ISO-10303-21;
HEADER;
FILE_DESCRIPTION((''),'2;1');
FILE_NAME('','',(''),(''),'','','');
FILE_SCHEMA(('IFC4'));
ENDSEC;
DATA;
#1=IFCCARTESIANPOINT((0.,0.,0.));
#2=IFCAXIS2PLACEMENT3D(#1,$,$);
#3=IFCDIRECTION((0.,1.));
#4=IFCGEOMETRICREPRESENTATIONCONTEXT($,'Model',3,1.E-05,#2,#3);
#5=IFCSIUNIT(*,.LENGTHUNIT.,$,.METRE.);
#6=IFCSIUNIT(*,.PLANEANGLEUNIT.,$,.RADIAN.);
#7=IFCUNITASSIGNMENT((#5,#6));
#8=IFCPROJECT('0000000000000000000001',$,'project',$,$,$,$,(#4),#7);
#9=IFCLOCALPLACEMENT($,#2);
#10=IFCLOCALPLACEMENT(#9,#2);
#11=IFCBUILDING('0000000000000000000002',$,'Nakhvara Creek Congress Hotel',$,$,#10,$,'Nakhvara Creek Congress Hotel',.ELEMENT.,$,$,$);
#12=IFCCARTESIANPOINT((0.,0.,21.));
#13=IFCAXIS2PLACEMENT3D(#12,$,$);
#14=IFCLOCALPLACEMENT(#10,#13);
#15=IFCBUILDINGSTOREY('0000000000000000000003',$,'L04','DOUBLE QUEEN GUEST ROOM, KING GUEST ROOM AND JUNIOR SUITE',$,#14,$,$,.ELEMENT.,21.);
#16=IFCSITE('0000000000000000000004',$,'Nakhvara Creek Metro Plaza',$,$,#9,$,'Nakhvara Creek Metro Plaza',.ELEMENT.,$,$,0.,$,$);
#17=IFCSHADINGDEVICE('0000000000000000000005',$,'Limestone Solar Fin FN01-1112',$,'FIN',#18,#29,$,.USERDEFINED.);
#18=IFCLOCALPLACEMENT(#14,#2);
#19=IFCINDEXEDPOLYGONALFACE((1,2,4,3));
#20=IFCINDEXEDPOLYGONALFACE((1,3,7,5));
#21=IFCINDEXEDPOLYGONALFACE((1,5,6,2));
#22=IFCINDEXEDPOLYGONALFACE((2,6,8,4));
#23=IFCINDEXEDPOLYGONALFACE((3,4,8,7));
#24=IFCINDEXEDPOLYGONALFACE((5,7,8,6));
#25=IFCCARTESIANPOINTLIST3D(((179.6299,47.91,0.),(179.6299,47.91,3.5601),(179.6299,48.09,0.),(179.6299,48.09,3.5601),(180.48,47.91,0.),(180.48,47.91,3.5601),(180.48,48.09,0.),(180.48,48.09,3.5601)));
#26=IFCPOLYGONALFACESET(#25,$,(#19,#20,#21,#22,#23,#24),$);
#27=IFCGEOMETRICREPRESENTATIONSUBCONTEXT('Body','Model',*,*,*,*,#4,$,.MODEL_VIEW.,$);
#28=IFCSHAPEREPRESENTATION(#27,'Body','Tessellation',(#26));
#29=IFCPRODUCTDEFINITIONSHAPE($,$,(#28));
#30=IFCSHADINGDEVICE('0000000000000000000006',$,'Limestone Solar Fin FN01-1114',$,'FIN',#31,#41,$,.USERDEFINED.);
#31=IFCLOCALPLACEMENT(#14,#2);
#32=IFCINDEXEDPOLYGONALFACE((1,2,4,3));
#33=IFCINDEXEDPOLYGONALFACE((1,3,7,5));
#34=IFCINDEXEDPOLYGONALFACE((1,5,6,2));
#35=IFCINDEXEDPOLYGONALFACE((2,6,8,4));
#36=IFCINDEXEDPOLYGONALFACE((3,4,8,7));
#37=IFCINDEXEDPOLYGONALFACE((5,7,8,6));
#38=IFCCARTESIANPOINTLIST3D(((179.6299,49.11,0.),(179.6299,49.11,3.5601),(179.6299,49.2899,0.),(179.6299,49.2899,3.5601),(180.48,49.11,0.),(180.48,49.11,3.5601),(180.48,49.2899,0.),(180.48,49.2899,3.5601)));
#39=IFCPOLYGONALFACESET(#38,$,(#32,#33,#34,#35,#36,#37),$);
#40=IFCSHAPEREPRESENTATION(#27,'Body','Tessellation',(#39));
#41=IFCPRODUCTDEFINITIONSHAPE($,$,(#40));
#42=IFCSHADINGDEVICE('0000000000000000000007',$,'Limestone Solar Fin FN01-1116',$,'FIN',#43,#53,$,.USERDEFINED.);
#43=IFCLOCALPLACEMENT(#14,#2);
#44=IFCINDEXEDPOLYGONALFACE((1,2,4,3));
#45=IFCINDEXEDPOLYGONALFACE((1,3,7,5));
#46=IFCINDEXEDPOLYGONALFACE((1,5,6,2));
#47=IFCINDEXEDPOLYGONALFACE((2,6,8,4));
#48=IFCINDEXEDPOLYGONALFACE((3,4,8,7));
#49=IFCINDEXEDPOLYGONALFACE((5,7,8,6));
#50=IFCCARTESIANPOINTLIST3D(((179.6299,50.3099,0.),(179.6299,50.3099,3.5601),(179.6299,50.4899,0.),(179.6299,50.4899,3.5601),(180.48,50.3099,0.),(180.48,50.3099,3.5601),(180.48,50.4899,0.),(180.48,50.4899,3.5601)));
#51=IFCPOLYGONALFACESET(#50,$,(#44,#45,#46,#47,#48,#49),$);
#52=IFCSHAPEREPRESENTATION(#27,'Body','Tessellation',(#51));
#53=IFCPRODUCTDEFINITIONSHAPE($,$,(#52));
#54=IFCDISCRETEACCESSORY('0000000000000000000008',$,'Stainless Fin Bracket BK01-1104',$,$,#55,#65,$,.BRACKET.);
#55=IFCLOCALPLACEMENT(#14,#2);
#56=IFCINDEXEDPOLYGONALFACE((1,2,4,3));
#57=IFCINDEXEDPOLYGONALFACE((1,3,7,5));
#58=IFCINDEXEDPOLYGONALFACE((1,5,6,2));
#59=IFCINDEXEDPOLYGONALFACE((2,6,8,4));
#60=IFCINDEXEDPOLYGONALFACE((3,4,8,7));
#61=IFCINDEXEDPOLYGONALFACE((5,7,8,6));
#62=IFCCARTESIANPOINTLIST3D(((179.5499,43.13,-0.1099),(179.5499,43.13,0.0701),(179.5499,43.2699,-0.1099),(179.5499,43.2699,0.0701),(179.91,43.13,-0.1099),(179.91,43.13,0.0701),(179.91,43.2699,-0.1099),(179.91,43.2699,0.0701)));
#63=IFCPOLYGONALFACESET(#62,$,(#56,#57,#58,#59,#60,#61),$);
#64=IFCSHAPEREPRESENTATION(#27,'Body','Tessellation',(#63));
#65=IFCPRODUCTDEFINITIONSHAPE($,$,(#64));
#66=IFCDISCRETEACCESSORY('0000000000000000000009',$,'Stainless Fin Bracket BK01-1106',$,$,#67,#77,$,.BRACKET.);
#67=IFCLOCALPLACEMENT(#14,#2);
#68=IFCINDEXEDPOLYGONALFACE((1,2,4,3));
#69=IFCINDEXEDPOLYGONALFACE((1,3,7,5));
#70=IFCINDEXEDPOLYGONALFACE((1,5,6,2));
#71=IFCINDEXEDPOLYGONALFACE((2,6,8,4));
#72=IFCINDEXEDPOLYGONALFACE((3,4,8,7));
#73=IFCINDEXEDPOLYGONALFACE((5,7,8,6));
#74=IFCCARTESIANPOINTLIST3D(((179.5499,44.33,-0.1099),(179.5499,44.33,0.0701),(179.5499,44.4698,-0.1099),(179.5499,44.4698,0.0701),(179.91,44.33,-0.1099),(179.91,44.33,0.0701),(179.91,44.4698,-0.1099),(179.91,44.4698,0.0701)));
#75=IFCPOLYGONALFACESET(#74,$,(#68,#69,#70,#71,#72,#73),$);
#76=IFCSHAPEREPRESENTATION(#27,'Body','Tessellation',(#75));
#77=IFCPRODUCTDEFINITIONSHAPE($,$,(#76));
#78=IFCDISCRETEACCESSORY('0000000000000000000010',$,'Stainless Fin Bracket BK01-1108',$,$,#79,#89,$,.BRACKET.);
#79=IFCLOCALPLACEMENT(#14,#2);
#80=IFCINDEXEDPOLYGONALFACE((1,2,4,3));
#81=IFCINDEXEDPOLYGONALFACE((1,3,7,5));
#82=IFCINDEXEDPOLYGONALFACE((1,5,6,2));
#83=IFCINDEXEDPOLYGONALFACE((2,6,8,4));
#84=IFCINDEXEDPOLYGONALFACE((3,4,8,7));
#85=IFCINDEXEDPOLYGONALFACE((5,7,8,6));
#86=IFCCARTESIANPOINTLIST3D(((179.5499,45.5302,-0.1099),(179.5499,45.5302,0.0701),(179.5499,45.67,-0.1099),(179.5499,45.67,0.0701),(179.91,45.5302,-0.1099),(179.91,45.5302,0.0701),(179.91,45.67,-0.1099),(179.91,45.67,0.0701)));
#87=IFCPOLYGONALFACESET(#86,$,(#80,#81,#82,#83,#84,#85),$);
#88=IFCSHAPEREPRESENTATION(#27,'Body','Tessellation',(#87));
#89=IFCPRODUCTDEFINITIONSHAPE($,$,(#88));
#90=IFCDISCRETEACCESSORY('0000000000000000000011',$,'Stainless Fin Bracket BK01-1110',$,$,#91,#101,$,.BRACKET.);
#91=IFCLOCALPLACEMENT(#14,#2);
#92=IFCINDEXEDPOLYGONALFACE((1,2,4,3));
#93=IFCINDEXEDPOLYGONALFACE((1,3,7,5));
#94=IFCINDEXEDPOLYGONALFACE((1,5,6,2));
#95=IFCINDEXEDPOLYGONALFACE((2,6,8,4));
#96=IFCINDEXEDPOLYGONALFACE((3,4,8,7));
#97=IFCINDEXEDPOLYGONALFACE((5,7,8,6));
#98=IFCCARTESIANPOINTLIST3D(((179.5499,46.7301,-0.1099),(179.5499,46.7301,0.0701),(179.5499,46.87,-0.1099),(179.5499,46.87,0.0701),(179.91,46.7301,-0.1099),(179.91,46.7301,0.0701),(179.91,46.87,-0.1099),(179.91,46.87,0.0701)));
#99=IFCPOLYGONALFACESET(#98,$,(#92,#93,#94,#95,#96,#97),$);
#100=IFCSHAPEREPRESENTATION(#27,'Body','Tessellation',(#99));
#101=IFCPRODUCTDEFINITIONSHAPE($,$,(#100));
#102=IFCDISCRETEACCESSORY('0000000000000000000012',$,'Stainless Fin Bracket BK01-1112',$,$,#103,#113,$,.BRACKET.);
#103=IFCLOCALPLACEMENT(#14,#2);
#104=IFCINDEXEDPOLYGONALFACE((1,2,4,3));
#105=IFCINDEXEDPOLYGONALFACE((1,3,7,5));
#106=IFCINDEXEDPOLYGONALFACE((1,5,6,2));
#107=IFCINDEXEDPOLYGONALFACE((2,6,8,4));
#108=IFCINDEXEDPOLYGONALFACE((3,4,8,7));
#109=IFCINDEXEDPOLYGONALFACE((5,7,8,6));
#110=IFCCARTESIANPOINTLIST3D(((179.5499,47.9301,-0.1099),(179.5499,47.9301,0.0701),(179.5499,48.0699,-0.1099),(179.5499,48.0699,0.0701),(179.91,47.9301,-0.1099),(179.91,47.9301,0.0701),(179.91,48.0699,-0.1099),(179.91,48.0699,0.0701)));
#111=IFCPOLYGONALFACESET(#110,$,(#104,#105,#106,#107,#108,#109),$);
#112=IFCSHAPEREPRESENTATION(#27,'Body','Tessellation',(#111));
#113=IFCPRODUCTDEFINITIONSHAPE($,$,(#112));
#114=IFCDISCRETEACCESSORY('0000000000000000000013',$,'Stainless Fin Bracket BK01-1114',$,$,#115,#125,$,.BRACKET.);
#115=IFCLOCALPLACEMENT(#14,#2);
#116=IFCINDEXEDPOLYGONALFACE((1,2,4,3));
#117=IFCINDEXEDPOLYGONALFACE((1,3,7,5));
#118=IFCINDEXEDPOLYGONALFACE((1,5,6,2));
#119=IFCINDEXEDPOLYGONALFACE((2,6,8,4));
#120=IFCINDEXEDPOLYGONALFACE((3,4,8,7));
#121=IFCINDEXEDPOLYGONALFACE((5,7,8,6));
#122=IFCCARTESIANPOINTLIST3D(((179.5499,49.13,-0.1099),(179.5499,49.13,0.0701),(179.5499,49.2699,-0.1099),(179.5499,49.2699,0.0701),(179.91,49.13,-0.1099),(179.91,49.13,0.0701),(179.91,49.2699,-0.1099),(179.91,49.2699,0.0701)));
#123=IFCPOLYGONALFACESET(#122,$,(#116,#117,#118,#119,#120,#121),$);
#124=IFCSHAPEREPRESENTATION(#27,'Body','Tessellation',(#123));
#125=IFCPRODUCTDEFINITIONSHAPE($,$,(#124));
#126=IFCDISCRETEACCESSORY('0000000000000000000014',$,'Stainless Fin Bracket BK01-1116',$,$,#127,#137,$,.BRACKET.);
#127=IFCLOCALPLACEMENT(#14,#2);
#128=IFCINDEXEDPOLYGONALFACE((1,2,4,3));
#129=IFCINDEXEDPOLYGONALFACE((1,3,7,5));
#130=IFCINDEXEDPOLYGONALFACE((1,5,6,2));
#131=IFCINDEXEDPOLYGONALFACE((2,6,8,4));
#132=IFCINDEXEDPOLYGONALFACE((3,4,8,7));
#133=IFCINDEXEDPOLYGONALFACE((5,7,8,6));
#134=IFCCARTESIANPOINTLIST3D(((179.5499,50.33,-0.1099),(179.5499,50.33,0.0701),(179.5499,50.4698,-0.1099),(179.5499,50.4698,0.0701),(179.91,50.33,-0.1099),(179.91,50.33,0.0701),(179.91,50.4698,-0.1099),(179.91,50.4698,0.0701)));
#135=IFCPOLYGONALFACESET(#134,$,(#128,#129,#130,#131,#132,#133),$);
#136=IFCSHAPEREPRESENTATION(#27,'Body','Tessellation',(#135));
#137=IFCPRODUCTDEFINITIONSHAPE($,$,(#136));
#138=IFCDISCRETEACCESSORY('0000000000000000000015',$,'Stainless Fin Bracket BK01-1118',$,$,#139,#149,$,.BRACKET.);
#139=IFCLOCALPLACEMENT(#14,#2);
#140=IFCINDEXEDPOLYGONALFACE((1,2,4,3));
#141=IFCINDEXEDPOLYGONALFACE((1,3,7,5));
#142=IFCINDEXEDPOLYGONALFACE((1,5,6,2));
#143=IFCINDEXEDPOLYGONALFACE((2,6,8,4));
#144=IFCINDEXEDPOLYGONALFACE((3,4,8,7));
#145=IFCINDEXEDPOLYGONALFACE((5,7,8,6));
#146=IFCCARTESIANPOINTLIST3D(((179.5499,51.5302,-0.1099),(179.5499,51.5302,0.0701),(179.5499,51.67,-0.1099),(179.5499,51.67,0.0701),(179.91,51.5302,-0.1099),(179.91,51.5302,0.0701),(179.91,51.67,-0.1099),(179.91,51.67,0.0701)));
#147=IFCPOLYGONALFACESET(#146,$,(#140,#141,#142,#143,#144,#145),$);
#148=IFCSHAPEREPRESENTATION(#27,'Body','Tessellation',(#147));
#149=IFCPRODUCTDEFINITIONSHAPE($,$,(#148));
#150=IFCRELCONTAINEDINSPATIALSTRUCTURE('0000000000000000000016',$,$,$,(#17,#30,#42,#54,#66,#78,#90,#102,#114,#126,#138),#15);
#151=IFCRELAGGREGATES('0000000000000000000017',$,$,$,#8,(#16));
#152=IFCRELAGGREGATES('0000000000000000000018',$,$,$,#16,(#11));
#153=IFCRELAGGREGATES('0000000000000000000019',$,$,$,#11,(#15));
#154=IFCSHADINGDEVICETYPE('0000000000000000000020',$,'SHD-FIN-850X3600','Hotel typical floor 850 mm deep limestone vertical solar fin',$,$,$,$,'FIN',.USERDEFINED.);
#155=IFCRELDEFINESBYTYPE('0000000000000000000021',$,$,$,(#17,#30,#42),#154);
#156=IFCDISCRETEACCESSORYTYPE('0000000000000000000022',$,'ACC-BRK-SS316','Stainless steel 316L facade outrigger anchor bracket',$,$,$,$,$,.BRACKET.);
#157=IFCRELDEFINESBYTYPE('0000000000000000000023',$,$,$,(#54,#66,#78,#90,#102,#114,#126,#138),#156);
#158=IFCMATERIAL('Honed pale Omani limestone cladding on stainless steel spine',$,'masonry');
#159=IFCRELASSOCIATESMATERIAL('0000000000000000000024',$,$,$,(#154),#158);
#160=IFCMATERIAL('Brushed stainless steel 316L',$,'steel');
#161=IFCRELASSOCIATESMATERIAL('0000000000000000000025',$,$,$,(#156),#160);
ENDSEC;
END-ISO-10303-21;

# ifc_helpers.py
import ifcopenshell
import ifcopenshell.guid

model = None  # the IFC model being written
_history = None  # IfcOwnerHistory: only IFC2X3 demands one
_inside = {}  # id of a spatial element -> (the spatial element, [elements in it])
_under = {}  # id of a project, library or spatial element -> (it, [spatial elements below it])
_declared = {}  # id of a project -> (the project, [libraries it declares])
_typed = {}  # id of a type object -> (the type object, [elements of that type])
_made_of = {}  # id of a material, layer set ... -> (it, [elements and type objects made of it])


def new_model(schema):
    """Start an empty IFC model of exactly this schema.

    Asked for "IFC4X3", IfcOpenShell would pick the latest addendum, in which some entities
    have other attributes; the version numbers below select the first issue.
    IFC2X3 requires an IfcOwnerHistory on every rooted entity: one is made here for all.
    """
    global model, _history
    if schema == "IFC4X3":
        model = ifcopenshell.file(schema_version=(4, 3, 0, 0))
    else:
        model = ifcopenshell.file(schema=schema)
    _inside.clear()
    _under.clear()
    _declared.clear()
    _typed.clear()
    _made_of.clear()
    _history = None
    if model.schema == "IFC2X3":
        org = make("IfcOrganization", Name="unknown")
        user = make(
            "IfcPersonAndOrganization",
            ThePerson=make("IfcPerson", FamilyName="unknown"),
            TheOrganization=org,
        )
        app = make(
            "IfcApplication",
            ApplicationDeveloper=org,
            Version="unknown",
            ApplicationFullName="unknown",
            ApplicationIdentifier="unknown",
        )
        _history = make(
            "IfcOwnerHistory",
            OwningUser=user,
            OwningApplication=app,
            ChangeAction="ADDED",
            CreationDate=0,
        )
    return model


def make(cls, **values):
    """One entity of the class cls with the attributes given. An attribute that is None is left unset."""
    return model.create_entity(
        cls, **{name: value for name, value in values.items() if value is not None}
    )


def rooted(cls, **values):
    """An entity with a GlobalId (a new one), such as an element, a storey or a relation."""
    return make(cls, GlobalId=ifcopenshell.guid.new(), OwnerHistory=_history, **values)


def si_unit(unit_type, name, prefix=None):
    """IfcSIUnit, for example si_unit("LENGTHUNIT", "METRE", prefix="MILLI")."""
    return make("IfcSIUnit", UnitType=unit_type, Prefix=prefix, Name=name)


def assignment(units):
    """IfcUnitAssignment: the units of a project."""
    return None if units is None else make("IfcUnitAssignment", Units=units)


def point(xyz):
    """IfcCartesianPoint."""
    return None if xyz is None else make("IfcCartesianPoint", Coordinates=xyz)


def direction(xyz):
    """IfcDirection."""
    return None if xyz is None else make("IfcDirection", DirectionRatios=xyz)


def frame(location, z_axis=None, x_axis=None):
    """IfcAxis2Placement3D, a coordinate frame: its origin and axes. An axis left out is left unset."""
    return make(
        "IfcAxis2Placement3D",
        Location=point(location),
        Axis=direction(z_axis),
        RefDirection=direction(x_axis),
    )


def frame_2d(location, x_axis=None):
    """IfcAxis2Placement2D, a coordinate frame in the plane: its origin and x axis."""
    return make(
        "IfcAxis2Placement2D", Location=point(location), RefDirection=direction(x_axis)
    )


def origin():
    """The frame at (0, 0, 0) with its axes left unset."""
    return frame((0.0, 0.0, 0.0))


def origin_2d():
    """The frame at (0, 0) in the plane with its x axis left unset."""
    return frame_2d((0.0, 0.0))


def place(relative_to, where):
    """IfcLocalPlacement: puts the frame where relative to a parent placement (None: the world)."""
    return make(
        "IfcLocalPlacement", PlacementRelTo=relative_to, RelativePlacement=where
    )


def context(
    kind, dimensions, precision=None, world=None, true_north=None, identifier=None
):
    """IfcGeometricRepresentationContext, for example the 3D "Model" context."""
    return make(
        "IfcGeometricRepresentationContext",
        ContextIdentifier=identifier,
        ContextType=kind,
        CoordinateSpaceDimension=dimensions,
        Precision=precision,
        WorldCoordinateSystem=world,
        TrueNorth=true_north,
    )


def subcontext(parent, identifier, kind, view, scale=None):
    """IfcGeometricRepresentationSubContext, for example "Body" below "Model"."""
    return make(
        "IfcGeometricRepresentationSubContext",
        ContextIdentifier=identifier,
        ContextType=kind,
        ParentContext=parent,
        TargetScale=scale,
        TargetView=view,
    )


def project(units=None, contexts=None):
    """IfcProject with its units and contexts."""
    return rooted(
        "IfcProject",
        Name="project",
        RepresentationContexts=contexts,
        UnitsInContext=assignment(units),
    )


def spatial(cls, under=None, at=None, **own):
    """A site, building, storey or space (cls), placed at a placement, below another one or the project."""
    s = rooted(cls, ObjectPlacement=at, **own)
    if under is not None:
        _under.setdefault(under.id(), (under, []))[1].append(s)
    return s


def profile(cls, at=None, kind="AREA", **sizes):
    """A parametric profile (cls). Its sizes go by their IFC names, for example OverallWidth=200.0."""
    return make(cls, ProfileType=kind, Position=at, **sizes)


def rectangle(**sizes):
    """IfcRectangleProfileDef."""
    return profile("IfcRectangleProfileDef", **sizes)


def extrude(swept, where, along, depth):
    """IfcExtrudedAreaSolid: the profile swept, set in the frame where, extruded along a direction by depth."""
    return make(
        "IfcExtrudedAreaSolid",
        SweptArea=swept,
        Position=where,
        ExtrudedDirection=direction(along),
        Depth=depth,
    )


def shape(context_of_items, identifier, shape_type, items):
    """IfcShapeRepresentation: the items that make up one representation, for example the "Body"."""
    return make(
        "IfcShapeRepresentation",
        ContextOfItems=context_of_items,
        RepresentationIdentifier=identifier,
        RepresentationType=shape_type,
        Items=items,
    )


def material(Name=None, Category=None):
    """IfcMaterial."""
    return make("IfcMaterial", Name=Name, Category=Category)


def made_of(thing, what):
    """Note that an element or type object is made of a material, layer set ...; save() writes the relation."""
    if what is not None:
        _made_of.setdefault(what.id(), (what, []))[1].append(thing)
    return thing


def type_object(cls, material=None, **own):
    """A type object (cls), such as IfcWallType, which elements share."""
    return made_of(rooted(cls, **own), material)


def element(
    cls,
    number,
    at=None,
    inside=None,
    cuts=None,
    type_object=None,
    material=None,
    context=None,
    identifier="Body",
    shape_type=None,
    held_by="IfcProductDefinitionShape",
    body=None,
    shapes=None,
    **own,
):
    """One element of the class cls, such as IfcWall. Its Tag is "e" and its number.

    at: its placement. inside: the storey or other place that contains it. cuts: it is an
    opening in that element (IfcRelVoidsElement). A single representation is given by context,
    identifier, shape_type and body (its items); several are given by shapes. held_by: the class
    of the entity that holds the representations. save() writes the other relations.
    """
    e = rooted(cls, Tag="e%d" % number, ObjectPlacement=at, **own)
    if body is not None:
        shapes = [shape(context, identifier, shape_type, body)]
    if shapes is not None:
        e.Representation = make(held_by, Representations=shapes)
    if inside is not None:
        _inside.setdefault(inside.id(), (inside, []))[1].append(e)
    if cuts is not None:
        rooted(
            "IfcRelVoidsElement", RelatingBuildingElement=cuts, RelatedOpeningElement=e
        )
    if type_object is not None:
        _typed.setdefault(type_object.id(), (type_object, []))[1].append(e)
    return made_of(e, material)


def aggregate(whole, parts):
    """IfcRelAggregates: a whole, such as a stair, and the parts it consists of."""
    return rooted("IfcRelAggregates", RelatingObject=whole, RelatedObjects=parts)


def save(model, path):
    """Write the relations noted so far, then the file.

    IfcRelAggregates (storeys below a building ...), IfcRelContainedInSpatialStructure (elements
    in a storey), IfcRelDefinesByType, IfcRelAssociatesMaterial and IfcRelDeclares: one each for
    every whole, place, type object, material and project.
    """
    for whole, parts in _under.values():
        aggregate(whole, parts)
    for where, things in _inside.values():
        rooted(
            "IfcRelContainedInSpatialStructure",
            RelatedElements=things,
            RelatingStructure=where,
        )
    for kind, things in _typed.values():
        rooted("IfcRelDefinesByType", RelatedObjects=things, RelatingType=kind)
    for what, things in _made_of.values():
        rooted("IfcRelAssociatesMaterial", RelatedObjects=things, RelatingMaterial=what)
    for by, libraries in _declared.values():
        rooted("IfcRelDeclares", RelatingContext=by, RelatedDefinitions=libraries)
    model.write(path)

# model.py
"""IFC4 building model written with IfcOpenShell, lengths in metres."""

from ifc_helpers import new_model, si_unit, direction, frame, origin, origin_2d, place, context, subcontext, project, spatial, rectangle, extrude, material, type_object, element, save


model = new_model("IFC4")

# Units and contexts
model_context = context("Model", 3, precision=1e-05, world=origin(), true_north=direction((0.0, 1.0)))
body_context = subcontext(model_context, "Body", "Model", "MODEL_VIEW")
ifc_project = project(units=[si_unit("LENGTHUNIT", "METRE"), si_unit("PLANEANGLEUNIT", "RADIAN")], contexts=[model_context])

# Site, building, storey
site_placement = place(None, origin())
site = spatial("IfcSite", under=ifc_project, at=site_placement, Name="Nakhvara Creek Metro Plaza", LongName="Nakhvara Creek Metro Plaza", CompositionType="ELEMENT", RefElevation=0.0)
building_placement = place(site_placement, origin())
building = spatial("IfcBuilding", under=site, at=building_placement, Name="Nakhvara Creek Congress Hotel", LongName="Nakhvara Creek Congress Hotel", CompositionType="ELEMENT")
storey_placement = place(building_placement, frame((0.0, 0.0, 21.0)))
storey = spatial("IfcBuildingStorey", under=building, at=storey_placement, Name="L04", Description="DOUBLE QUEEN GUEST ROOM, KING GUEST ROOM AND JUNIOR SUITE", CompositionType="ELEMENT", Elevation=21.0)

# Shading devices
ifc_material_1 = material(Name="Honed pale Omani limestone cladding on stainless steel spine", Category="masonry")
shading_device_type = type_object("IfcShadingDeviceType", Name="SHD-FIN-850X3600", Description="Hotel typical floor 850 mm deep limestone vertical solar fin", ElementType="FIN", PredefinedType="USERDEFINED", material=ifc_material_1)
for number, where, z_axis, x_axis, name in (
    (1, (180.0549, 48.0, 0.0), (0.0, 0.0, 1.0), (0.0, 1.0, 0.0), "Limestone Solar Fin FN01-1112"),
    (2, (180.0549, 49.2, 0.0), (0.0, 0.0, 1.0), (0.0, 1.0, 0.0), "Limestone Solar Fin FN01-1114"),
    (3, (180.0549, 50.3999, 0.0), (0.0, 0.0, 1.0), (0.0, 1.0, 0.0), "Limestone Solar Fin FN01-1116"),
):
    element("IfcShadingDevice", number, at=place(storey_placement, frame(where, z_axis=z_axis, x_axis=x_axis)), inside=storey, type_object=shading_device_type, Name=name, ObjectType="FIN", PredefinedType="USERDEFINED", context=body_context, shape_type="SweptSolid", body=[
        extrude(rectangle(XDim=0.1799, YDim=0.8501, at=origin_2d()), origin(), (0.0, 0.0, 1.0), 3.5601),
    ])

# Discrete accessories
ifc_material_2 = material(Name="Brushed stainless steel 316L", Category="steel")
discrete_accessory_type = type_object("IfcDiscreteAccessoryType", Name="ACC-BRK-SS316", Description="Stainless steel 316L facade outrigger anchor bracket", PredefinedType="BRACKET", material=ifc_material_2)
for number, where, z_axis, x_axis, name in (
    (4, (179.73, 43.2, -0.1099), (0.0, 0.0, 1.0), (0.0, 1.0, 0.0), "Stainless Fin Bracket BK01-1104"),
    (5, (179.73, 44.3999, -0.1099), (0.0, 0.0, 1.0), (0.0, 1.0, 0.0), "Stainless Fin Bracket BK01-1106"),
    (6, (179.73, 45.6001, -0.1099), (0.0, 0.0, 1.0), (0.0, 1.0, 0.0), "Stainless Fin Bracket BK01-1108"),
    (7, (179.73, 46.8, -0.1099), (0.0, 0.0, 1.0), (0.0, 1.0, 0.0), "Stainless Fin Bracket BK01-1110"),
    (8, (179.73, 48.0, -0.1099), (0.0, 0.0, 1.0), (0.0, 1.0, 0.0), "Stainless Fin Bracket BK01-1112"),
    (9, (179.73, 49.2, -0.1099), (0.0, 0.0, 1.0), (0.0, 1.0, 0.0), "Stainless Fin Bracket BK01-1114"),
    (10, (179.73, 50.3999, -0.1099), (0.0, 0.0, 1.0), (0.0, 1.0, 0.0), "Stainless Fin Bracket BK01-1116"),
    (11, (179.73, 51.6001, -0.1099), (0.0, 0.0, 1.0), (0.0, 1.0, 0.0), "Stainless Fin Bracket BK01-1118"),
):
    element("IfcDiscreteAccessory", number, at=place(storey_placement, frame(where, z_axis=z_axis, x_axis=x_axis)), inside=storey, type_object=discrete_accessory_type, Name=name, PredefinedType="BRACKET", context=body_context, shape_type="SweptSolid", body=[
        extrude(rectangle(XDim=0.1399, YDim=0.3601, at=origin_2d()), origin(), (0.0, 0.0, 1.0), 0.1799),
    ])

save(model, "model.ifc")
